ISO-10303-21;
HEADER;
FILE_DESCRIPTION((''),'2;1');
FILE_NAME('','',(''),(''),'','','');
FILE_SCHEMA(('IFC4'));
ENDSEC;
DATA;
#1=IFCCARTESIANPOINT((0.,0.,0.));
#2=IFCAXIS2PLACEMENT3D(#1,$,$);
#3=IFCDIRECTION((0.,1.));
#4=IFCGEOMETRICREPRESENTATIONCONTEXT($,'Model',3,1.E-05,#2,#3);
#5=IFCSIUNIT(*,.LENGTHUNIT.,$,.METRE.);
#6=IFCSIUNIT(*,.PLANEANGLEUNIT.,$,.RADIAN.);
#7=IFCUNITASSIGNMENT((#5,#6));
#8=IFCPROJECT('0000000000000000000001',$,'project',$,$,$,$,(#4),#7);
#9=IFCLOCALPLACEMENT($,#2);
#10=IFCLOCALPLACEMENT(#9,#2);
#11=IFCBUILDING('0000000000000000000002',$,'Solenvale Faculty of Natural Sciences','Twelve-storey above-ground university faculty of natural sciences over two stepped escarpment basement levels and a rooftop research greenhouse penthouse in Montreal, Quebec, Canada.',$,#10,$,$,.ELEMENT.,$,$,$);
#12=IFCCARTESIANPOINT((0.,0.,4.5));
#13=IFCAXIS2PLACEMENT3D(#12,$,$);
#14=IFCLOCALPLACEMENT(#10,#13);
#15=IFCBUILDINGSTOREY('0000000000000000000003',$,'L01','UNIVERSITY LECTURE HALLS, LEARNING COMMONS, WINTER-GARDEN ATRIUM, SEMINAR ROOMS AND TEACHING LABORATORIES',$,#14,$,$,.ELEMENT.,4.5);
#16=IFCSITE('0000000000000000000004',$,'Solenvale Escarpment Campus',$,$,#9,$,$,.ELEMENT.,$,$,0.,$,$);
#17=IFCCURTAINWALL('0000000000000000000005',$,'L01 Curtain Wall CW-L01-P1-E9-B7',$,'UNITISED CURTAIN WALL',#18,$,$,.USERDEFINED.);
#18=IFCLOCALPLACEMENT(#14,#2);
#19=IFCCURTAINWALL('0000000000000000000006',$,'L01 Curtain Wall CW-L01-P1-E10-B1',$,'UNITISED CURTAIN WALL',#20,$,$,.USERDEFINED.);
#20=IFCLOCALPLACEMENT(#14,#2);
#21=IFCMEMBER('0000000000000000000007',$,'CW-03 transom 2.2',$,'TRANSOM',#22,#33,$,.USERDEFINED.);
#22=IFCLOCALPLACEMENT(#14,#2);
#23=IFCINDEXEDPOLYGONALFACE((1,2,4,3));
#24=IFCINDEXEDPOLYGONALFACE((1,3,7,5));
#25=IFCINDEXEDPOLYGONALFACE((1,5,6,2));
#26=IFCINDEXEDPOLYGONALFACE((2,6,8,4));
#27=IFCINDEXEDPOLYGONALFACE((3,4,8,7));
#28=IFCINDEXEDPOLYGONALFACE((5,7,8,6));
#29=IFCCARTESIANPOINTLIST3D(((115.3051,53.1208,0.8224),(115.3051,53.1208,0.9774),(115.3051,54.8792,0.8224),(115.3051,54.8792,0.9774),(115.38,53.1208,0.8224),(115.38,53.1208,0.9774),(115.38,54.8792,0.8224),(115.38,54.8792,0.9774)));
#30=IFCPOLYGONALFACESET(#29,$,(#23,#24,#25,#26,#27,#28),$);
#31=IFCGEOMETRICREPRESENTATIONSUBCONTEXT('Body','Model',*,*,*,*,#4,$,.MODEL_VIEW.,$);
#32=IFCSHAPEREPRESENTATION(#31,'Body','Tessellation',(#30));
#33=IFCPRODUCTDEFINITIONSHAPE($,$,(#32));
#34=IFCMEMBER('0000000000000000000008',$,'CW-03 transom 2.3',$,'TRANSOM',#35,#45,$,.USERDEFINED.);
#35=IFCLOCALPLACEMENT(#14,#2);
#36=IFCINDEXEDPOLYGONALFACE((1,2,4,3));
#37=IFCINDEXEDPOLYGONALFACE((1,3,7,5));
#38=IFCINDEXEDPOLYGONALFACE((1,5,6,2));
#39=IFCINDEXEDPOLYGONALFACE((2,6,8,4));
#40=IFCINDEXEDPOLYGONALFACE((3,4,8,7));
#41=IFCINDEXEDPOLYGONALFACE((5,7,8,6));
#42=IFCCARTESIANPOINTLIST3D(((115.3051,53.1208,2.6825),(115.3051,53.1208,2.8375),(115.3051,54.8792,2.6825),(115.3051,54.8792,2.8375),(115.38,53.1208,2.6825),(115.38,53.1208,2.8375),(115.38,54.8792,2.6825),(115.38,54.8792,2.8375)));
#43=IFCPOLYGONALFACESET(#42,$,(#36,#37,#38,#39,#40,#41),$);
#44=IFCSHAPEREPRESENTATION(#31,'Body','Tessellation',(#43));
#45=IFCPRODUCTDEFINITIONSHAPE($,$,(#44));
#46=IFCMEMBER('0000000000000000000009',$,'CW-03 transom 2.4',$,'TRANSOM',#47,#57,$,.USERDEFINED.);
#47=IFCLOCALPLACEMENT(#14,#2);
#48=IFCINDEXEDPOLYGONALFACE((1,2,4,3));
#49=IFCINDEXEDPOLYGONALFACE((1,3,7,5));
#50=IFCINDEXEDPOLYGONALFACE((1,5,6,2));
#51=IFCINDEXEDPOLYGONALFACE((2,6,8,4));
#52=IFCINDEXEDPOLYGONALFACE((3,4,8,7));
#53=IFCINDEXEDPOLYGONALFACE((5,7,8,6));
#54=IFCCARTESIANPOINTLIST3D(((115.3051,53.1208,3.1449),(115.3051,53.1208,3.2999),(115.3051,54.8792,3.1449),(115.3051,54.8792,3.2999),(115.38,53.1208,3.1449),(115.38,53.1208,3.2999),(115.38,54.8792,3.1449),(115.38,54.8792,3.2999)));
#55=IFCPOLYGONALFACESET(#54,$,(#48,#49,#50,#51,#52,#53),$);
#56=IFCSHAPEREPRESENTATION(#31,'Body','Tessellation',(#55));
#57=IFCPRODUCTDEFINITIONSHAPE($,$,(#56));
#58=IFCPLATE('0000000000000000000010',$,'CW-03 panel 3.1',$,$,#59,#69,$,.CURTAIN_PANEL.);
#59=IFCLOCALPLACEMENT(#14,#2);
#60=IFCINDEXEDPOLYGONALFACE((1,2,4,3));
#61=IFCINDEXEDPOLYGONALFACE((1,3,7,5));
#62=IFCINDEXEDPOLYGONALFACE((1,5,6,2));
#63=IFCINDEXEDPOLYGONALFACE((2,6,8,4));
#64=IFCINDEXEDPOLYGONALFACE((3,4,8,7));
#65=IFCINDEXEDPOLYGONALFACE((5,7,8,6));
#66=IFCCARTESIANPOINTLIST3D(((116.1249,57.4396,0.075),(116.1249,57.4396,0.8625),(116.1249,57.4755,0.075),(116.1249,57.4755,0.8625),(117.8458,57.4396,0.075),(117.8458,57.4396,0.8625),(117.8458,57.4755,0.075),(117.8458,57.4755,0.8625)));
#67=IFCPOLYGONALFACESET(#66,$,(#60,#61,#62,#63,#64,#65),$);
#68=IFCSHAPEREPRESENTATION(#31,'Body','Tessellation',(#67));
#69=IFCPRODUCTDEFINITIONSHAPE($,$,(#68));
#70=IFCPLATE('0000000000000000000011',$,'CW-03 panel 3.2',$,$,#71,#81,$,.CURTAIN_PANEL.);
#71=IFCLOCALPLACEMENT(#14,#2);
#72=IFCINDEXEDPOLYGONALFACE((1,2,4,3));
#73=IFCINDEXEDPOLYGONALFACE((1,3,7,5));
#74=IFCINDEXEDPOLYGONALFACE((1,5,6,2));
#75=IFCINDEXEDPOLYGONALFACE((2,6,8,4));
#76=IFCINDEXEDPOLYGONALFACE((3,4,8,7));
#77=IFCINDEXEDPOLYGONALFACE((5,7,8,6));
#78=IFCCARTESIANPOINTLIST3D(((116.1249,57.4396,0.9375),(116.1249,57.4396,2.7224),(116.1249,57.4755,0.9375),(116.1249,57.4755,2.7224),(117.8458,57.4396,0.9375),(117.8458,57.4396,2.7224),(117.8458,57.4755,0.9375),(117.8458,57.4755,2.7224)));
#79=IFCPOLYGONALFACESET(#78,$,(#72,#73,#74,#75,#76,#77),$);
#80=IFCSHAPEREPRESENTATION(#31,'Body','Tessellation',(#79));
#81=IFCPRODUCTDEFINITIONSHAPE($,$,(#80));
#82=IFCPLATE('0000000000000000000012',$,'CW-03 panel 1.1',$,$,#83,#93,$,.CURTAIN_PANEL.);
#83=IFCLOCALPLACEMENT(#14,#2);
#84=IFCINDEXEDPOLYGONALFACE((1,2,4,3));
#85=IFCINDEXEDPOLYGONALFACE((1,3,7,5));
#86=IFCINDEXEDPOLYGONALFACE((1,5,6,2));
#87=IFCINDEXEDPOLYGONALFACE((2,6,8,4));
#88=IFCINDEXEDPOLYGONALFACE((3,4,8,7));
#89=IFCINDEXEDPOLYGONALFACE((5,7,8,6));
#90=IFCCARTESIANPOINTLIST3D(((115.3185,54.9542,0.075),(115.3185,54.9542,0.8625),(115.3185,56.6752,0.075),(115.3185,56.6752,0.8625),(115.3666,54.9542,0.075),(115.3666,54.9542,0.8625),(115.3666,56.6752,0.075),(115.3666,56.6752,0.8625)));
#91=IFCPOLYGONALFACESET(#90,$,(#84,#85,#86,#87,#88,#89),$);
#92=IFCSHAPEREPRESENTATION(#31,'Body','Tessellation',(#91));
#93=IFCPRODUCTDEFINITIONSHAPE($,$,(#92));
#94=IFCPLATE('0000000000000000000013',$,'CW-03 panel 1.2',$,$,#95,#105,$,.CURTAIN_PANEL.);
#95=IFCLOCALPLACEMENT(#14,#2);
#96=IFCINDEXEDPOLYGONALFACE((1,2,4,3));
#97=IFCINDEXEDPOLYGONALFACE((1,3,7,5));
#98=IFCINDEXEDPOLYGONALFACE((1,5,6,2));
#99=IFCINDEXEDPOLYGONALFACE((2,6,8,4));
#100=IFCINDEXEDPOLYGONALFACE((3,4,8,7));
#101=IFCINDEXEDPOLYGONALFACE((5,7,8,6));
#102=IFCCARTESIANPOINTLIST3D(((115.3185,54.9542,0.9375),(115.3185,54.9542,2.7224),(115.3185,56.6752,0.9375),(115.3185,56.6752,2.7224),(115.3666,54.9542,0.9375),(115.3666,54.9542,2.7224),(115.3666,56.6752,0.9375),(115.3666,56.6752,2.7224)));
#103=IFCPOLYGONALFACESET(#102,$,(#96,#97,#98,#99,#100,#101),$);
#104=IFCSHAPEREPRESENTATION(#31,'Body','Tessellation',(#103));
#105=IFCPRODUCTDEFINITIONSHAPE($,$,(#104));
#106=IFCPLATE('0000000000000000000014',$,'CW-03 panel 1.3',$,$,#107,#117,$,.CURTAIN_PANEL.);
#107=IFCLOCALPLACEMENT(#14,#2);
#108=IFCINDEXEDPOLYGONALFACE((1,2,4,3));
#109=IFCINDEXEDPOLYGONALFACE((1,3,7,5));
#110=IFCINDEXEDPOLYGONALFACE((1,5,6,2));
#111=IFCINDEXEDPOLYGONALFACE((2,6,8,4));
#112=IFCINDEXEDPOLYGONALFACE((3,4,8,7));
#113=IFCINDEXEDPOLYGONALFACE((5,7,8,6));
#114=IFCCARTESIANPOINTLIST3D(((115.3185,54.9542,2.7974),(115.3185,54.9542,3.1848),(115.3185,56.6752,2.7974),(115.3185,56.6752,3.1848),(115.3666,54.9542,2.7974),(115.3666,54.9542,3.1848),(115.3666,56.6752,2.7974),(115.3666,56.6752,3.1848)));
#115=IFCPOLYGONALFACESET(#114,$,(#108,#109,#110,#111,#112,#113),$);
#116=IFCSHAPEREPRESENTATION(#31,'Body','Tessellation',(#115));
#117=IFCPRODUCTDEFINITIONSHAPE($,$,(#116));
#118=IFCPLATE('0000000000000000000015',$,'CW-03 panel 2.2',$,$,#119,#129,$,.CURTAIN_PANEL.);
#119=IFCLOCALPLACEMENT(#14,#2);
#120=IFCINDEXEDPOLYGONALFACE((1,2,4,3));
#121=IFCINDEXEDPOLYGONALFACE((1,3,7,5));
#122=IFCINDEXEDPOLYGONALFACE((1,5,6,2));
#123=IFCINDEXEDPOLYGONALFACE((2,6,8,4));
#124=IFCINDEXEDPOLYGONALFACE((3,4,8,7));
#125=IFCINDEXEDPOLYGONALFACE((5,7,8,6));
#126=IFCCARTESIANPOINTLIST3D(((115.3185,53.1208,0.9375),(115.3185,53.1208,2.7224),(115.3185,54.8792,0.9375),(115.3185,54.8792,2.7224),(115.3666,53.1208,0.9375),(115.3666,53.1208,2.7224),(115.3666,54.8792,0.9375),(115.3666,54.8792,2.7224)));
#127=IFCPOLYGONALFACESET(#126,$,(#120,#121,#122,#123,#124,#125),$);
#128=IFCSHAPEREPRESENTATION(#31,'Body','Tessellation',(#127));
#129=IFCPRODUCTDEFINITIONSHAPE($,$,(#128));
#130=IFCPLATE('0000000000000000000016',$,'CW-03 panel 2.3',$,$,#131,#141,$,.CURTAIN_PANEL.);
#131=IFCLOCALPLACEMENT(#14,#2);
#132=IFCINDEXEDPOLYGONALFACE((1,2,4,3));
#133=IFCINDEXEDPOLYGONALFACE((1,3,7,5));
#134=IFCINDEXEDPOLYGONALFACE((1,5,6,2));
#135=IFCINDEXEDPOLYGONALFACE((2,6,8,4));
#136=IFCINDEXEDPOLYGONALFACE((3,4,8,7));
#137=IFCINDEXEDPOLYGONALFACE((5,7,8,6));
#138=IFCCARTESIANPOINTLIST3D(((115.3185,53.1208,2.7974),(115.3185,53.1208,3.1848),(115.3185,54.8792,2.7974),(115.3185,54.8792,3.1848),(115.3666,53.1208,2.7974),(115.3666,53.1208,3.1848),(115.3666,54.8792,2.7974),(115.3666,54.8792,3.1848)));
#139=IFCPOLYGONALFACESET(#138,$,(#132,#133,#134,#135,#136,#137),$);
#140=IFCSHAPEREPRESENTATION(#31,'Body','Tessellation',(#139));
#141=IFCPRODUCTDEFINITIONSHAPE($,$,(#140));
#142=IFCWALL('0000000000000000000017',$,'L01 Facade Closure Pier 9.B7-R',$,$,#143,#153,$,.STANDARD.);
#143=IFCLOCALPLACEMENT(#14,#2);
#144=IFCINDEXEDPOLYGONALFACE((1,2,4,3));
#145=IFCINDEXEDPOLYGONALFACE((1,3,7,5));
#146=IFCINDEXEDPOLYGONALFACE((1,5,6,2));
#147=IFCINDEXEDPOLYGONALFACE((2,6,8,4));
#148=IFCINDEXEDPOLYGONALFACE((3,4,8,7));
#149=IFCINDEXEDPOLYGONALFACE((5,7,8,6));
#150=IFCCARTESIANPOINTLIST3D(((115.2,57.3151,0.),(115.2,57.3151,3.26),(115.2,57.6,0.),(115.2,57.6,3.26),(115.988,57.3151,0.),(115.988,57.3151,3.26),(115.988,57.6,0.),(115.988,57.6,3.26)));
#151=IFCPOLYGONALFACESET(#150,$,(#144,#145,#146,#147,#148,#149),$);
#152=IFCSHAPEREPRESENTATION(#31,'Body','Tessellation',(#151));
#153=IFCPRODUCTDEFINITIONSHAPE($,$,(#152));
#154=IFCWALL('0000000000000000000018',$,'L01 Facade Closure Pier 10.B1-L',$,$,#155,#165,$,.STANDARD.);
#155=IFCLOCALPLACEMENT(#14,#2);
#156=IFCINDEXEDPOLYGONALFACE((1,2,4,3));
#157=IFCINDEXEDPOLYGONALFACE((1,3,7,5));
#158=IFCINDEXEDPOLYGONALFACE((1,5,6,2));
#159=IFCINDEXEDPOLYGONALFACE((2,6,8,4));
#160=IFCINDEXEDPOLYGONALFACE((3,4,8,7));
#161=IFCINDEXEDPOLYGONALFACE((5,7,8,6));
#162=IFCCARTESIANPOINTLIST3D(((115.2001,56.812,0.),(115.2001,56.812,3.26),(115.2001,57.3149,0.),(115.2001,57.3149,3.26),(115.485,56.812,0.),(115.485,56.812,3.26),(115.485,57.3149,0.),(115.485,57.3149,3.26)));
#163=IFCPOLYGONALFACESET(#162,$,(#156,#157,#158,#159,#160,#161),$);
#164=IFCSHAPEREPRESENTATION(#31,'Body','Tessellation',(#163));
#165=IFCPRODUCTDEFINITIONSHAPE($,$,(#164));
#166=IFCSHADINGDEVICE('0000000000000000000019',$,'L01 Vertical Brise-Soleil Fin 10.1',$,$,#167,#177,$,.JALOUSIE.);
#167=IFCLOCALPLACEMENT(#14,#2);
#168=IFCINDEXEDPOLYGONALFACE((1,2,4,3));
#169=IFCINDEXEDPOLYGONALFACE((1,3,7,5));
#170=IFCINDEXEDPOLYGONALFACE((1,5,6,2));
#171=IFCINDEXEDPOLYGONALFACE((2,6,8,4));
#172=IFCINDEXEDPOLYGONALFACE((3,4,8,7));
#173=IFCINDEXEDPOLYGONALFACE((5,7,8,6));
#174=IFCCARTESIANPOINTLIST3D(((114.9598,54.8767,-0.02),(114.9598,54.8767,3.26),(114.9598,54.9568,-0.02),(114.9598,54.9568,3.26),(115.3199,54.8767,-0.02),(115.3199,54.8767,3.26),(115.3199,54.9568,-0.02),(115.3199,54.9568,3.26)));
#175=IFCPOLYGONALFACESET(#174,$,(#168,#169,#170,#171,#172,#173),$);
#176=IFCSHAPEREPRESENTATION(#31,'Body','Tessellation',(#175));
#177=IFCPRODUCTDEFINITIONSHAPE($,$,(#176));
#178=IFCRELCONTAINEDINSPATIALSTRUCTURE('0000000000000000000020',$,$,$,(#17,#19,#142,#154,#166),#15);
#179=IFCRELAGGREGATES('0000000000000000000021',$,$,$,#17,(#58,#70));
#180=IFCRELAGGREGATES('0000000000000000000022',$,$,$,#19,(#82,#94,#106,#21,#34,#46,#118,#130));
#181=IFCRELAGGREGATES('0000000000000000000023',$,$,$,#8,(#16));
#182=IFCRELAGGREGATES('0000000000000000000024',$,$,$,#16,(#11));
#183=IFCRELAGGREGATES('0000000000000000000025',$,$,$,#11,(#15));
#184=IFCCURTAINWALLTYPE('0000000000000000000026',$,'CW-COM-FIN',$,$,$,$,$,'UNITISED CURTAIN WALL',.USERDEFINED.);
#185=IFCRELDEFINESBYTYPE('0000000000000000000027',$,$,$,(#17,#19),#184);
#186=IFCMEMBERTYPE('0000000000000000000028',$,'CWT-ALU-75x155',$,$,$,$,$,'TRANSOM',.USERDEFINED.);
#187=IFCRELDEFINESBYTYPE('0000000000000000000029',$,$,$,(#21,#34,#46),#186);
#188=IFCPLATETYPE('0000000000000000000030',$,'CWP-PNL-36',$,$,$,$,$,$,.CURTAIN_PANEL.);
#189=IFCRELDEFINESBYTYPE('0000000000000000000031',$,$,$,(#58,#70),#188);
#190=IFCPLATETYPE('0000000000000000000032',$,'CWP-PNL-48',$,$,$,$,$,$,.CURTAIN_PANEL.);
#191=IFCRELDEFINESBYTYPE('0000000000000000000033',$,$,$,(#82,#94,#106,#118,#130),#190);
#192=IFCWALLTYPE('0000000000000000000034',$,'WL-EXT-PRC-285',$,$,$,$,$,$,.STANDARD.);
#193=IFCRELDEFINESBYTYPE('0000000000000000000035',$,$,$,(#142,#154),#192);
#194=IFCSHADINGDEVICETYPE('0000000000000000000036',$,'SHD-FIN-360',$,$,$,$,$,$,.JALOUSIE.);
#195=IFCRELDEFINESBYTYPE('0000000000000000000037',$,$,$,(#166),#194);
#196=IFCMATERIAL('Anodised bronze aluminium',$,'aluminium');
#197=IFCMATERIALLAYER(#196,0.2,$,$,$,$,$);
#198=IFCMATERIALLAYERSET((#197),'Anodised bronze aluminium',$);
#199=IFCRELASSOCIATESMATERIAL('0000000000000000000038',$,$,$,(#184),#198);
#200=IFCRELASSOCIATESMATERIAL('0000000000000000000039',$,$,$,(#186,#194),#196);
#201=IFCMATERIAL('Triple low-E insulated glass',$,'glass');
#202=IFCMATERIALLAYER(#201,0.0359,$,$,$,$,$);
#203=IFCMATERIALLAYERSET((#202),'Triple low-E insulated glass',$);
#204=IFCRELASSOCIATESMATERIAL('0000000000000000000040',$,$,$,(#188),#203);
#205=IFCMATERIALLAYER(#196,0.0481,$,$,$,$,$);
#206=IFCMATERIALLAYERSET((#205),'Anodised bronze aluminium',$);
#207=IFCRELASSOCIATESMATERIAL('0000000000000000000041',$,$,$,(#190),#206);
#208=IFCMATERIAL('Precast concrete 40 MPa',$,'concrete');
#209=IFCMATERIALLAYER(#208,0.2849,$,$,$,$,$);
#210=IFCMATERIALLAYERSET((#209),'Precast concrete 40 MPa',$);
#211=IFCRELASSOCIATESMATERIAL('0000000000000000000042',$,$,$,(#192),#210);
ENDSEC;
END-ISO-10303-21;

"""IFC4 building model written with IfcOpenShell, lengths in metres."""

from ifc_helpers import new_model, si_unit, direction, frame, frame_2d, origin, origin_2d, place, context, subcontext, project, spatial, rectangle, extrude, material, layer, layer_set, material_profile, profile_set, type_object, element, aggregate, save


model = new_model("IFC4")

# Units and contexts
model_context = context("Model", 3, precision=1e-05, world=origin(), true_north=direction((0.0, 1.0)))
body_context = subcontext(model_context, "Body", "Model", "MODEL_VIEW")
ifc_project = project(units=[si_unit("LENGTHUNIT", "METRE"), si_unit("PLANEANGLEUNIT", "RADIAN")], contexts=[model_context])

# Site, building, storey
site_placement = place(None, origin())
site = spatial("IfcSite", under=ifc_project, at=site_placement, Name="Solenvale Escarpment Campus", CompositionType="ELEMENT", RefElevation=0.0)
building_placement = place(site_placement, origin())
building = spatial("IfcBuilding", under=site, at=building_placement, Name="Solenvale Faculty of Natural Sciences", Description="Twelve-storey above-ground university faculty of natural sciences over two stepped escarpment basement levels and a rooftop research greenhouse penthouse in Montreal, Quebec, Canada.", CompositionType="ELEMENT")
storey_placement = place(building_placement, frame((0.0, 0.0, 4.5)))
storey = spatial("IfcBuildingStorey", under=building, at=storey_placement, Name="L01", Description="UNIVERSITY LECTURE HALLS, LEARNING COMMONS, WINTER-GARDEN ATRIUM, SEMINAR ROOMS AND TEACHING LABORATORIES", CompositionType="ELEMENT", Elevation=4.5)

# Curtain wall
ifc_material_1 = material(Name="Anodised bronze aluminium", Category="aluminium")
ifc_layer_1 = layer(ifc_material_1, 0.2)
ifc_layer_set_1 = layer_set([ifc_layer_1], Name="Anodised bronze aluminium")
curtain_wall_type = type_object("IfcCurtainWallType", Name="CW-COM-FIN", ElementType="UNITISED CURTAIN WALL", PredefinedType="USERDEFINED", material=ifc_layer_set_1)
curtain_wall_1_placement = place(storey_placement, origin())
curtain_wall_1 = element("IfcCurtainWall", 1, at=curtain_wall_1_placement, inside=storey, type_object=curtain_wall_type, Name="L01 Curtain Wall CW-L01-P1-E9-B7", ObjectType="UNITISED CURTAIN WALL", PredefinedType="USERDEFINED")

# Curtain wall, members
curtain_wall_2_placement = place(storey_placement, origin())
curtain_wall_2 = element("IfcCurtainWall", 2, at=curtain_wall_2_placement, inside=storey, type_object=curtain_wall_type, Name="L01 Curtain Wall CW-L01-P1-E10-B1", ObjectType="UNITISED CURTAIN WALL", PredefinedType="USERDEFINED")
ifc_material_profile_1 = material_profile(ifc_material_1, rectangle(XDim=0.075, YDim=0.155, at=origin_2d()), Name="ALU-TRN-75x155")
ifc_profile_set_1 = profile_set([ifc_material_profile_1], Name="Anodised bronze aluminium")
member_type_1 = type_object("IfcMemberType", Name="CWT-ALU-75x155", ElementType="TRANSOM", PredefinedType="USERDEFINED", material=ifc_profile_set_1)
member_1_placement = place(storey_placement, frame((115.3425, 54.8792, 0.8999), z_axis=(0.0, -1.0, 0.0), x_axis=(1.0, 0.0, 0.0)))
member_1 = element("IfcMember", 3, at=member_1_placement, type_object=member_type_1, Name="CW-03 transom 2.2", ObjectType="TRANSOM", PredefinedType="USERDEFINED", context=body_context, shape_type="SweptSolid", body=[
    extrude(rectangle(XDim=0.075, YDim=0.155, at=origin_2d()), origin(), (0.0, 0.0, 1.0), 1.7583),
])
member_2_placement = place(storey_placement, frame((115.3425, 54.8792, 2.76), z_axis=(0.0, -1.0, 0.0), x_axis=(1.0, 0.0, 0.0)))
member_2 = element("IfcMember", 4, at=member_2_placement, type_object=member_type_1, Name="CW-03 transom 2.3", ObjectType="TRANSOM", PredefinedType="USERDEFINED", context=body_context, shape_type="SweptSolid", body=[
    extrude(rectangle(XDim=0.075, YDim=0.155, at=origin_2d()), origin(), (0.0, 0.0, 1.0), 1.7583),
])
member_3_placement = place(storey_placement, frame((115.3425, 54.8792, 3.2224), z_axis=(0.0, -1.0, 0.0), x_axis=(1.0, 0.0, 0.0)))
member_3 = element("IfcMember", 5, at=member_3_placement, type_object=member_type_1, Name="CW-03 transom 2.4", ObjectType="TRANSOM", PredefinedType="USERDEFINED", context=body_context, shape_type="SweptSolid", body=[
    extrude(rectangle(XDim=0.075, YDim=0.155, at=origin_2d()), origin(), (0.0, 0.0, 1.0), 1.7583),
])

# Plates
ifc_material_2 = material(Name="Triple low-E insulated glass", Category="glass")
ifc_layer_2 = layer(ifc_material_2, 0.0359)
ifc_layer_set_2 = layer_set([ifc_layer_2], Name="Triple low-E insulated glass")
plate_type_1 = type_object("IfcPlateType", Name="CWP-PNL-36", PredefinedType="CURTAIN_PANEL", material=ifc_layer_set_2)
plate_1_placement = place(storey_placement, frame((116.9854, 57.4575, 0.075), z_axis=(0.0, 0.0, 1.0), x_axis=(-1.0, 0.0, 0.0)))
plate_1 = element("IfcPlate", 6, at=plate_1_placement, type_object=plate_type_1, Name="CW-03 panel 3.1", PredefinedType="CURTAIN_PANEL", context=body_context, shape_type="SweptSolid", body=[
    extrude(rectangle(XDim=1.7209, YDim=0.0359, at=origin_2d()), origin(), (0.0, 0.0, 1.0), 0.7876),
])
plate_2_placement = place(storey_placement, frame((116.9854, 57.4575, 0.9375), z_axis=(0.0, 0.0, 1.0), x_axis=(-1.0, 0.0, 0.0)))
plate_2 = element("IfcPlate", 7, at=plate_2_placement, type_object=plate_type_1, Name="CW-03 panel 3.2", PredefinedType="CURTAIN_PANEL", context=body_context, shape_type="SweptSolid", body=[
    extrude(rectangle(XDim=1.7209, YDim=0.0359, at=origin_2d()), origin(), (0.0, 0.0, 1.0), 1.7849),
])
aggregate(curtain_wall_1, [plate_1, plate_2])
ifc_layer_3 = layer(ifc_material_1, 0.0481)
ifc_layer_set_3 = layer_set([ifc_layer_3], Name="Anodised bronze aluminium")
plate_type_2 = type_object("IfcPlateType", Name="CWP-PNL-48", PredefinedType="CURTAIN_PANEL", material=ifc_layer_set_3)
plate_3_placement = place(storey_placement, frame((115.3425, 55.8147, 0.075), z_axis=(0.0, 0.0, 1.0), x_axis=(0.0, -1.0, 0.0)))
plate_3 = element("IfcPlate", 8, at=plate_3_placement, type_object=plate_type_2, Name="CW-03 panel 1.1", PredefinedType="CURTAIN_PANEL", context=body_context, shape_type="SweptSolid", body=[
    extrude(rectangle(XDim=1.7209, YDim=0.0481, at=origin_2d()), origin(), (0.0, 0.0, 1.0), 0.7876),
])
plate_4_placement = place(storey_placement, frame((115.3425, 55.8147, 0.9375), z_axis=(0.0, 0.0, 1.0), x_axis=(0.0, -1.0, 0.0)))
plate_4 = element("IfcPlate", 9, at=plate_4_placement, type_object=plate_type_2, Name="CW-03 panel 1.2", PredefinedType="CURTAIN_PANEL", context=body_context, shape_type="SweptSolid", body=[
    extrude(rectangle(XDim=1.7209, YDim=0.0481, at=origin_2d()), origin(), (0.0, 0.0, 1.0), 1.7849),
])
plate_5_placement = place(storey_placement, frame((115.3425, 55.8147, 2.7974), z_axis=(0.0, 0.0, 1.0), x_axis=(0.0, -1.0, 0.0)))
plate_5 = element("IfcPlate", 10, at=plate_5_placement, type_object=plate_type_2, Name="CW-03 panel 1.3", PredefinedType="CURTAIN_PANEL", context=body_context, shape_type="SweptSolid", body=[
    extrude(rectangle(XDim=1.7209, YDim=0.0481, at=origin_2d()), origin(), (0.0, 0.0, 1.0), 0.3875),
])
plate_6_placement = place(storey_placement, frame((115.3425, 54.0, 0.9375), z_axis=(0.0, 0.0, 1.0), x_axis=(0.0, -1.0, 0.0)))
plate_6 = element("IfcPlate", 11, at=plate_6_placement, type_object=plate_type_2, Name="CW-03 panel 2.2", PredefinedType="CURTAIN_PANEL", context=body_context, shape_type="SweptSolid", body=[
    extrude(rectangle(XDim=1.7583, YDim=0.0481, at=origin_2d()), origin(), (0.0, 0.0, 1.0), 1.7849),
])
plate_7_placement = place(storey_placement, frame((115.3425, 54.0, 2.7974), z_axis=(0.0, 0.0, 1.0), x_axis=(0.0, -1.0, 0.0)))
plate_7 = element("IfcPlate", 12, at=plate_7_placement, type_object=plate_type_2, Name="CW-03 panel 2.3", PredefinedType="CURTAIN_PANEL", context=body_context, shape_type="SweptSolid", body=[
    extrude(rectangle(XDim=1.7583, YDim=0.0481, at=origin_2d()), origin(), (0.0, 0.0, 1.0), 0.3875),
])
aggregate(curtain_wall_2, [plate_3, plate_4, plate_5, member_1, member_2, member_3, plate_6, plate_7])

# Walls
ifc_material_3 = material(Name="Precast concrete 40 MPa", Category="concrete")
ifc_layer_4 = layer(ifc_material_3, 0.2849)
ifc_layer_set_4 = layer_set([ifc_layer_4], Name="Precast concrete 40 MPa")
wall_type = type_object("IfcWallType", Name="WL-EXT-PRC-285", PredefinedType="STANDARD", material=ifc_layer_set_4)
wall_1_placement = place(storey_placement, frame((115.988, 57.4575, 0.0), z_axis=(0.0, 0.0, 1.0), x_axis=(-1.0, 0.0, 0.0)))
element("IfcWall", 13, at=wall_1_placement, inside=storey, type_object=wall_type, Name="L01 Facade Closure Pier 9.B7-R", PredefinedType="STANDARD", context=body_context, shape_type="SweptSolid", body=[
    extrude(rectangle(XDim=0.7881, YDim=0.2849, at=frame_2d((0.394, 0.0))), origin(), (0.0, 0.0, 1.0), 3.26),
])
wall_2_placement = place(storey_placement, frame((115.3425, 57.3149, 0.0), z_axis=(0.0, 0.0, 1.0), x_axis=(0.0, -1.0, 0.0)))
element("IfcWall", 14, at=wall_2_placement, inside=storey, type_object=wall_type, Name="L01 Facade Closure Pier 10.B1-L", PredefinedType="STANDARD", context=body_context, shape_type="SweptSolid", body=[
    extrude(rectangle(XDim=0.5029, YDim=0.2849, at=frame_2d((0.2515, 0.0))), origin(), (0.0, 0.0, 1.0), 3.26),
])

# Shading device
ifc_material_profile_2 = material_profile(ifc_material_1, rectangle(XDim=0.0801, YDim=0.3601, at=origin_2d()), Name="ALU-FIN-80x360")
ifc_profile_set_2 = profile_set([ifc_material_profile_2], Name="Anodised bronze aluminium")
shading_device_type = type_object("IfcShadingDeviceType", Name="SHD-FIN-360", PredefinedType="JALOUSIE", material=ifc_profile_set_2)
shading_device_placement = place(storey_placement, frame((115.1399, 54.9167, -0.02), z_axis=(0.0, 0.0, 1.0), x_axis=(0.0, 1.0, 0.0)))
element("IfcShadingDevice", 15, at=shading_device_placement, inside=storey, type_object=shading_device_type, Name="L01 Vertical Brise-Soleil Fin 10.1", PredefinedType="JALOUSIE", context=body_context, shape_type="SweptSolid", body=[
    extrude(rectangle(XDim=0.0801, YDim=0.3601, at=origin_2d()), origin(), (0.0, 0.0, 1.0), 3.28),
])

save(model, "model.ifc")
